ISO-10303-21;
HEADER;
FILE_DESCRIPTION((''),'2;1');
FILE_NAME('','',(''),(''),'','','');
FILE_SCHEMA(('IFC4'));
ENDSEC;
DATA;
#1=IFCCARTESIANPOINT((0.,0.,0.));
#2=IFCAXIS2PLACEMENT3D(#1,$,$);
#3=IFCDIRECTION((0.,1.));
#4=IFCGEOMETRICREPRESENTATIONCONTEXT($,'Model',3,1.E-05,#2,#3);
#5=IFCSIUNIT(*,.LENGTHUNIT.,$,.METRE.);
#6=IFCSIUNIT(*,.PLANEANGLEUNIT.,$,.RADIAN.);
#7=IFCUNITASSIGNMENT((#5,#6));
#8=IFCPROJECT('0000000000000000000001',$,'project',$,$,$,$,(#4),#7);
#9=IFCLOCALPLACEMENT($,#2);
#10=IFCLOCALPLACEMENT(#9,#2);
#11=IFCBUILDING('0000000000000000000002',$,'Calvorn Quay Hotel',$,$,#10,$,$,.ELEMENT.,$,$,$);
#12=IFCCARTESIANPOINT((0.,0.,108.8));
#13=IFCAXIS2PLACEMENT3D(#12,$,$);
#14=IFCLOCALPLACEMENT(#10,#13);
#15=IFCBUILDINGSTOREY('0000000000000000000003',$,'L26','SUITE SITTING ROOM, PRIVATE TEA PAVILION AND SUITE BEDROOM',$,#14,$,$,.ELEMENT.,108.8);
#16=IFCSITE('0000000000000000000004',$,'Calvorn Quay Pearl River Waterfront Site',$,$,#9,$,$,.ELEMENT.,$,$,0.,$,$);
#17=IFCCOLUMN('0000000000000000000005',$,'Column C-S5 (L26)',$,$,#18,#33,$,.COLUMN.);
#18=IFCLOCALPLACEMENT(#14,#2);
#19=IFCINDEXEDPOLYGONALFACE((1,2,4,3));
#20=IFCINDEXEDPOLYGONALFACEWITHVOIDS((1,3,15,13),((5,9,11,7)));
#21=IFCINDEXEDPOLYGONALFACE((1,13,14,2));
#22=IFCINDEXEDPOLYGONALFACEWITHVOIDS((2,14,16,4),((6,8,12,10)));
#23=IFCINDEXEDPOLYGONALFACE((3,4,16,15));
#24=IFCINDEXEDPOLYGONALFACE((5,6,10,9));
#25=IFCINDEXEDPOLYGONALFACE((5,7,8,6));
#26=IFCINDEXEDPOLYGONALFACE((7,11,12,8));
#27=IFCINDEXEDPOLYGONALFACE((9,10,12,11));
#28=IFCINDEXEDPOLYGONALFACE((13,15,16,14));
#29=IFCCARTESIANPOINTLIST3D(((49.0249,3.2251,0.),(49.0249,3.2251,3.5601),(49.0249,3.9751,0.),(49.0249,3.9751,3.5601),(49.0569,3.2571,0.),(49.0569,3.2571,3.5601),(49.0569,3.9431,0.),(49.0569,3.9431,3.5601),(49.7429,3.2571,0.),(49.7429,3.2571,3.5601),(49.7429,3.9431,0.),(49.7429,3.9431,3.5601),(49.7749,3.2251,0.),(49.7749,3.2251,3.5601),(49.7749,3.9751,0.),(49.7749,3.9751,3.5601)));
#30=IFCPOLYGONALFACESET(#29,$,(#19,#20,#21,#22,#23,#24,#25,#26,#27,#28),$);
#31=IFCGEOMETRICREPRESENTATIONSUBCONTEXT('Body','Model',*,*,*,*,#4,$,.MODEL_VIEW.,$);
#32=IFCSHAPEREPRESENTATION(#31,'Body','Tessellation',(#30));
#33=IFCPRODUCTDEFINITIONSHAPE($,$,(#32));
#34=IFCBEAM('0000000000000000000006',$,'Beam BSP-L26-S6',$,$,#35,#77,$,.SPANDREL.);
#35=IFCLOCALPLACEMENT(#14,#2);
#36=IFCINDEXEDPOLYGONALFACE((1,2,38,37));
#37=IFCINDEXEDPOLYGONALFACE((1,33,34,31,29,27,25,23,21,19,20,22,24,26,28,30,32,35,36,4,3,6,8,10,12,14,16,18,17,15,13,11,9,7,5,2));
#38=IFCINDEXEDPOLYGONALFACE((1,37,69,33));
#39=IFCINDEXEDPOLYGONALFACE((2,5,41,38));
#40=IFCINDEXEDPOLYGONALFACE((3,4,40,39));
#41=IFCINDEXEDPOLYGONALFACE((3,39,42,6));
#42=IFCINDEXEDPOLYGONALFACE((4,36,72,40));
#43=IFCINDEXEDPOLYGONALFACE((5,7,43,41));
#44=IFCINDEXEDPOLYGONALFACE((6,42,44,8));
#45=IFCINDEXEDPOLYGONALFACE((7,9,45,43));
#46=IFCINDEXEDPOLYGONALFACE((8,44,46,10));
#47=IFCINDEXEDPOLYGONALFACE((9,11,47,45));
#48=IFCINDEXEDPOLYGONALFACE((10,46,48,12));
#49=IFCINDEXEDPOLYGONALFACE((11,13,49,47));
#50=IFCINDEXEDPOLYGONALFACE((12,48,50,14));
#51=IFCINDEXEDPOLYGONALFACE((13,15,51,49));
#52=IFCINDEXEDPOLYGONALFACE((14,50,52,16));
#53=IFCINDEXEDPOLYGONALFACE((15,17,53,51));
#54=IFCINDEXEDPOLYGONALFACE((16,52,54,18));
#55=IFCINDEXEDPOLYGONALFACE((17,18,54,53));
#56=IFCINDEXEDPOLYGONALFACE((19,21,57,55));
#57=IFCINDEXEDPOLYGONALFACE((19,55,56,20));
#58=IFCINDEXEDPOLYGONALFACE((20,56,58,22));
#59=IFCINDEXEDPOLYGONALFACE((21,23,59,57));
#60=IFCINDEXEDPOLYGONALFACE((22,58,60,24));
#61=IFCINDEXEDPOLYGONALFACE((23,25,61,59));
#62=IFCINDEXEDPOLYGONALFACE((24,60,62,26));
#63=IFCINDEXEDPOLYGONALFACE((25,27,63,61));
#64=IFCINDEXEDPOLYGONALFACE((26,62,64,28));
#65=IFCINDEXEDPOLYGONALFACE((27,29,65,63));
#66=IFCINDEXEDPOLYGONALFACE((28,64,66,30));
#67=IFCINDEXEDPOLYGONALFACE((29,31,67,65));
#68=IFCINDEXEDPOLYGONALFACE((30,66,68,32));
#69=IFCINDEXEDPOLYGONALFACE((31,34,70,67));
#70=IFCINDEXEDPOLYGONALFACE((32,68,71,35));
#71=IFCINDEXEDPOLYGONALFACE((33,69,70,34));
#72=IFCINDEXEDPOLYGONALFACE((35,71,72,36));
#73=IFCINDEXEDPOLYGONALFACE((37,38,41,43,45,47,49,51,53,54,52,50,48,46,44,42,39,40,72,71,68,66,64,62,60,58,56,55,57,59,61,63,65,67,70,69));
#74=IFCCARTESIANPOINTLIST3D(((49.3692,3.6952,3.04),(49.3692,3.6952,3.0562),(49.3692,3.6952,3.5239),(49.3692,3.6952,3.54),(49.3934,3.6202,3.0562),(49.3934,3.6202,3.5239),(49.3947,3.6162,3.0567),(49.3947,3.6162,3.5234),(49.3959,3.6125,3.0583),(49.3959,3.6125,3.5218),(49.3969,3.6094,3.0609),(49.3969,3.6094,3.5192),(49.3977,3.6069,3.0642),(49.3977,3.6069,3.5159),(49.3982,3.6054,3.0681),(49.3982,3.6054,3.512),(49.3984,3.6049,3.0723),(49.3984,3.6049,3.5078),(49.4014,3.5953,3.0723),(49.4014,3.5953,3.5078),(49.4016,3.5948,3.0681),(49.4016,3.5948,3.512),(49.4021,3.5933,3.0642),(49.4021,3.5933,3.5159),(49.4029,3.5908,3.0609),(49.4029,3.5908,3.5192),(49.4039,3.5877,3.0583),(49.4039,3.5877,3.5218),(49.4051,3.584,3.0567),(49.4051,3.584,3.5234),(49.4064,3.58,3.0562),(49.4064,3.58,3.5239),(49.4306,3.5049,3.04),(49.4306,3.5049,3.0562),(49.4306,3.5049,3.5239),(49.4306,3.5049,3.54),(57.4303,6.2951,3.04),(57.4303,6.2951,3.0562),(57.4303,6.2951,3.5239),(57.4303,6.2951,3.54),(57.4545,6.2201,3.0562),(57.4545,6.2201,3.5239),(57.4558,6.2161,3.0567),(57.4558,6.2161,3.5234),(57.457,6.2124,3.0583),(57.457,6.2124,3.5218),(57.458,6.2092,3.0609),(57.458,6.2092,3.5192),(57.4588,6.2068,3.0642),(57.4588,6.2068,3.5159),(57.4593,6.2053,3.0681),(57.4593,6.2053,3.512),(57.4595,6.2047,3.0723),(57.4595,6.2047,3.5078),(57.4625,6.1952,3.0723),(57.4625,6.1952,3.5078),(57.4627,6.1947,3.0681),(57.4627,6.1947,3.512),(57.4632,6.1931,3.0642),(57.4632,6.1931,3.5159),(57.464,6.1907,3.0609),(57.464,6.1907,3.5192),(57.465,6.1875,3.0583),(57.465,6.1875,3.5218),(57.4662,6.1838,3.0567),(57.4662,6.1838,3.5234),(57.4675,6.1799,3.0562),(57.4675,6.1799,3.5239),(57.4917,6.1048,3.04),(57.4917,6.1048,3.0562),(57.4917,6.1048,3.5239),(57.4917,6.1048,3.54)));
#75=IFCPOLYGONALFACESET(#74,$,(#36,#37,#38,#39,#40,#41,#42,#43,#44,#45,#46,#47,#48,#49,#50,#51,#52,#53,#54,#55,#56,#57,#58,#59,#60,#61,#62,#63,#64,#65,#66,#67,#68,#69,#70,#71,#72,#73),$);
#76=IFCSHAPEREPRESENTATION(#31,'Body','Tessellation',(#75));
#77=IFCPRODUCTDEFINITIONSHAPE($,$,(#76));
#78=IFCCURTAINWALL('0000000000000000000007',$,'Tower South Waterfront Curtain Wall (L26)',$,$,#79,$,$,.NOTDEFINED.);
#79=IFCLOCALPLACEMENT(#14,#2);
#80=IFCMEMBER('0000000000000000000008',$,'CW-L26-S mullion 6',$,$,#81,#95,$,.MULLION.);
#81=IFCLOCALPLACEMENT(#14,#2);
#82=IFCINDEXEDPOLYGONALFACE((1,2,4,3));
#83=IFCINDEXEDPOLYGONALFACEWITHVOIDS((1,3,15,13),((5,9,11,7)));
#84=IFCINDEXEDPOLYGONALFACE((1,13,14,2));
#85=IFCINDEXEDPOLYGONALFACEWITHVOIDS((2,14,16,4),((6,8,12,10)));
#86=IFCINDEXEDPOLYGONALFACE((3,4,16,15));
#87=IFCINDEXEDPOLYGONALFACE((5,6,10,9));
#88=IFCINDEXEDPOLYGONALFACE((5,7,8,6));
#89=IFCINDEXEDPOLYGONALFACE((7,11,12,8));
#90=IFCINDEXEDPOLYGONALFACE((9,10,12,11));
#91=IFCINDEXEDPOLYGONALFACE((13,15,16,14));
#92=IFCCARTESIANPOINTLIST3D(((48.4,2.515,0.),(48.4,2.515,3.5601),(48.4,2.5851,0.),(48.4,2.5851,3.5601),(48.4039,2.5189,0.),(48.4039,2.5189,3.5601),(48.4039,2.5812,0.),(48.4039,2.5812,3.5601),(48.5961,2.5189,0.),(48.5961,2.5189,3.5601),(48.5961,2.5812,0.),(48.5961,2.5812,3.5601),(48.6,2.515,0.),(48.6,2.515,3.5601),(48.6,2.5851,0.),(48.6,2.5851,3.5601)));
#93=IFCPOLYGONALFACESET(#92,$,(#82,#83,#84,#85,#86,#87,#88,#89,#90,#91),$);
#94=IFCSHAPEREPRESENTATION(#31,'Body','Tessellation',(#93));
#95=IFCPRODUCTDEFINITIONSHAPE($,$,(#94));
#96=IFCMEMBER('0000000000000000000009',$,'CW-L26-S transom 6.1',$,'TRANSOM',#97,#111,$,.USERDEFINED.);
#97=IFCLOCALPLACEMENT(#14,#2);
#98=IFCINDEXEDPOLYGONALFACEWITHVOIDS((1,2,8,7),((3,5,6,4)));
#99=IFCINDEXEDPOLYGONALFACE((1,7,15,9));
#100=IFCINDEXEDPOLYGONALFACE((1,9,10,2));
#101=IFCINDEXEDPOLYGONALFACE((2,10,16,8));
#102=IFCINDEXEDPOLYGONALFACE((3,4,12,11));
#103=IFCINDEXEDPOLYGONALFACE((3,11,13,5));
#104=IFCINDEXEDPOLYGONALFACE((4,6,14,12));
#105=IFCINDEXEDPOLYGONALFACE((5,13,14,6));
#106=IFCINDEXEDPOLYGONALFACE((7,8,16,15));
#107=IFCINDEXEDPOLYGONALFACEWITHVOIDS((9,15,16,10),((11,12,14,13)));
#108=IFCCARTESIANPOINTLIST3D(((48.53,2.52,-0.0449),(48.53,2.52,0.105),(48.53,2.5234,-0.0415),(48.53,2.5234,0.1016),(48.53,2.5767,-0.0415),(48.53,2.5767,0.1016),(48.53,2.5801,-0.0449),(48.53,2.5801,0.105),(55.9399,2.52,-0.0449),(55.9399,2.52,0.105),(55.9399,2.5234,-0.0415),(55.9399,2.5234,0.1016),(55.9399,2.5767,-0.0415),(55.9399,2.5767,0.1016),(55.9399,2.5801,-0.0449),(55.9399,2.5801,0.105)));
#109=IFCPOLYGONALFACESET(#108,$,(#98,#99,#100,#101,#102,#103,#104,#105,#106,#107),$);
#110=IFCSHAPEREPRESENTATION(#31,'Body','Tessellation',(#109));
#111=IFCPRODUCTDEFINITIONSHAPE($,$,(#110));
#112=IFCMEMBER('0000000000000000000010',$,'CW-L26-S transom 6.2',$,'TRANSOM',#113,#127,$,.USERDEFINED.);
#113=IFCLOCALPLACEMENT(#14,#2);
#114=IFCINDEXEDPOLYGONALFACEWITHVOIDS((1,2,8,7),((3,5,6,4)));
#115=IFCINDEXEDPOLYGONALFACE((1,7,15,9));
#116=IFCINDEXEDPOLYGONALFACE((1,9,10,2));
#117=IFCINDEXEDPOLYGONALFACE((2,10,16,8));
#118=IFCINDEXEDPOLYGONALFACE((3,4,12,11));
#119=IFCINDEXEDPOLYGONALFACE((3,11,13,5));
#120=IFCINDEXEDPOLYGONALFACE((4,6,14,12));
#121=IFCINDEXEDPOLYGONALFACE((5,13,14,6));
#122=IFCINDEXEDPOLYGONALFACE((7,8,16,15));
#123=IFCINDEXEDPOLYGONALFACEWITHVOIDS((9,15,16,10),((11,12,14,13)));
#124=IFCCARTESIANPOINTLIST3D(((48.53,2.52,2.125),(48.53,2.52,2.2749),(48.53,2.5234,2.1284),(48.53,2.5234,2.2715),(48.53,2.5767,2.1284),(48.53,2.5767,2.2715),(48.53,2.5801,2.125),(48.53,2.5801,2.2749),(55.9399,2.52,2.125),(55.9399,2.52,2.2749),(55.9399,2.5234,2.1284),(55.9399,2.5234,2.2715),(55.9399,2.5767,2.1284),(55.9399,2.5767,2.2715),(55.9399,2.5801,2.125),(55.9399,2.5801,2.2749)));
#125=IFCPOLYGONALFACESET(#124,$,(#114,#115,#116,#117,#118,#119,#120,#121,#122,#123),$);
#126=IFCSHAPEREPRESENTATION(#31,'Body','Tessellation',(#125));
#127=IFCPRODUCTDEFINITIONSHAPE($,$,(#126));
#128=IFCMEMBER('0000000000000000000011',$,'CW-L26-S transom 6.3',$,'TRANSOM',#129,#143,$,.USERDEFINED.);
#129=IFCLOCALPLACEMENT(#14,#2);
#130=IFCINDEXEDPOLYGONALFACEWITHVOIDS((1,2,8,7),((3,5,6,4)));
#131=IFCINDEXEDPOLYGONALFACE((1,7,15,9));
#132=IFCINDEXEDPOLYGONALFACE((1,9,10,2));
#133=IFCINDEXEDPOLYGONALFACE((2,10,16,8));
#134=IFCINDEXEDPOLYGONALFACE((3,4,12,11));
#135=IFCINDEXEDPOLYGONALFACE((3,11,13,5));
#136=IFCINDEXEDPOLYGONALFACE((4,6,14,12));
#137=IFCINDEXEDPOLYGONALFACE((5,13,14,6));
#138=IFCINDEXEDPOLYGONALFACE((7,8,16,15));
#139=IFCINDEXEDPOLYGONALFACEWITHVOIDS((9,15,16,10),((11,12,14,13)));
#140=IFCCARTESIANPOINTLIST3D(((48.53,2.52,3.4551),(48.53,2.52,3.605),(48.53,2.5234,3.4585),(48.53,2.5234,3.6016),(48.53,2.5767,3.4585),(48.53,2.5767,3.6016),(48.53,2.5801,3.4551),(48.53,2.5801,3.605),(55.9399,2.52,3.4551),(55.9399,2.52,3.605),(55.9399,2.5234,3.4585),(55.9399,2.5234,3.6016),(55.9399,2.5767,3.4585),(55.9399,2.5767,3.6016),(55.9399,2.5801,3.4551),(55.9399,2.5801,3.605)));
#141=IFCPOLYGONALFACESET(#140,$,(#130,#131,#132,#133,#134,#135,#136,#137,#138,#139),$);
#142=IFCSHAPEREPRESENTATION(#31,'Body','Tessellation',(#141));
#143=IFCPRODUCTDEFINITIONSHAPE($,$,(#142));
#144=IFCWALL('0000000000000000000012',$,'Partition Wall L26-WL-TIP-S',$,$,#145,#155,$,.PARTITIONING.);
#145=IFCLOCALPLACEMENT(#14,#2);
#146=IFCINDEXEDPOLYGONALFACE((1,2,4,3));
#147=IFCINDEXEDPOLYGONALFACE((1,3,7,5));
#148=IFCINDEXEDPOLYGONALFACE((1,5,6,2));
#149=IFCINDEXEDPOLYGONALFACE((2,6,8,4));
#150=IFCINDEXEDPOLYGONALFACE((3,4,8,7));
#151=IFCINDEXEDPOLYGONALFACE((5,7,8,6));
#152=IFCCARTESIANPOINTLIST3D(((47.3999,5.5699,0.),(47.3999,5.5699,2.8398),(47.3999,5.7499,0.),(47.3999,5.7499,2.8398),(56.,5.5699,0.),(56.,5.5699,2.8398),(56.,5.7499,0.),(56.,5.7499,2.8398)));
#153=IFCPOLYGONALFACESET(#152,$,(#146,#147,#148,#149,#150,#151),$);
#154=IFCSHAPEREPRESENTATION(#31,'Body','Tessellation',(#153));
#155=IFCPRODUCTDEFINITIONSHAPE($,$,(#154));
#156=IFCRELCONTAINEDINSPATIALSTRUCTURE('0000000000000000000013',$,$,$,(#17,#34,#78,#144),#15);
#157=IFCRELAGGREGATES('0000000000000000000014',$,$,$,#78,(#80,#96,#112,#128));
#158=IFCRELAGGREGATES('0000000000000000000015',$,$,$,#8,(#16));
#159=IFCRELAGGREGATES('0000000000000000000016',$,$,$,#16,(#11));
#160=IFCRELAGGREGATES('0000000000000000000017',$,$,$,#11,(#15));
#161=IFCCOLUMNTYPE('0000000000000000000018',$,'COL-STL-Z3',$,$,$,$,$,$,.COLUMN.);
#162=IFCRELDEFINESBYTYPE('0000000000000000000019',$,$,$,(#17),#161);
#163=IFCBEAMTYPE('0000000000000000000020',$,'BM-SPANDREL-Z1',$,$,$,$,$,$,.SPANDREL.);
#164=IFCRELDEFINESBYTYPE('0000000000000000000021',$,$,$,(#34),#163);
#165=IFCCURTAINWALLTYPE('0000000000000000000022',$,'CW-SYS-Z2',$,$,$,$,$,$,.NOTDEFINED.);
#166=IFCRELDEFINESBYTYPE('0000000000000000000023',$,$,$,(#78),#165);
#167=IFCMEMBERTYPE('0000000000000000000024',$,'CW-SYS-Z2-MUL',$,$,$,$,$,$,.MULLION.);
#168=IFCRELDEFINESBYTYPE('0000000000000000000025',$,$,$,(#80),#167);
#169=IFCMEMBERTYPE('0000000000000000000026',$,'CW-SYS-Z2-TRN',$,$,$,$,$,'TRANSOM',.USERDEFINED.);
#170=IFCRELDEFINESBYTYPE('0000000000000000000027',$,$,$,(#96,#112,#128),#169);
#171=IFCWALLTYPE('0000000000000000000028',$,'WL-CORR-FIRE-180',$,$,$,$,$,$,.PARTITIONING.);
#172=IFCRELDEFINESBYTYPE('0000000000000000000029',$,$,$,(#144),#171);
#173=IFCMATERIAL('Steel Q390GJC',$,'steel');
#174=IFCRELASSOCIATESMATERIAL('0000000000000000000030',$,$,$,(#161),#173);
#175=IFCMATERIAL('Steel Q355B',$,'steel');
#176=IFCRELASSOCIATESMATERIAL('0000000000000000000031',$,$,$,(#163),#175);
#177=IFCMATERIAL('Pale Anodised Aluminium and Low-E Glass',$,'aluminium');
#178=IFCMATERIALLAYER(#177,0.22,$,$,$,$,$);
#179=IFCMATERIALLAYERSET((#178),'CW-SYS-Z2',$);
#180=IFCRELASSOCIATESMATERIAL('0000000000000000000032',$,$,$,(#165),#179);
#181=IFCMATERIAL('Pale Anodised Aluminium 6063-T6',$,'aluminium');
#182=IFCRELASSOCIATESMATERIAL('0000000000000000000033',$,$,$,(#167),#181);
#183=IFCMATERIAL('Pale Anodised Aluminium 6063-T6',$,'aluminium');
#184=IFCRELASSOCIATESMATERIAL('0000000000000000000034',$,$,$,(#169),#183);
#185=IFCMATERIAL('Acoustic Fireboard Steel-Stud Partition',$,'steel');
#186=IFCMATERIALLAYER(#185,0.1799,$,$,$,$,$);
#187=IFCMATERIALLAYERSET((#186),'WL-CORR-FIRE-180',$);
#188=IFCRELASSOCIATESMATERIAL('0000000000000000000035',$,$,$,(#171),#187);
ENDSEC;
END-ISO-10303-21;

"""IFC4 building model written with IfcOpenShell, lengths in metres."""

from ifc_helpers import new_model, si_unit, direction, frame, frame_2d, origin, origin_2d, place, context, subcontext, project, spatial, rectangle, hollow_rectangle, i_section, extrude, material, layer, layer_set, material_profile, profile_set, type_object, element, aggregate, save


model = new_model("IFC4")

# Units and contexts
model_context = context("Model", 3, precision=1e-05, world=origin(), true_north=direction((0.0, 1.0)))
body_context = subcontext(model_context, "Body", "Model", "MODEL_VIEW")
ifc_project = project(units=[si_unit("LENGTHUNIT", "METRE"), si_unit("PLANEANGLEUNIT", "RADIAN")], contexts=[model_context])

# Site, building, storey
site_placement = place(None, origin())
site = spatial("IfcSite", under=ifc_project, at=site_placement, Name="Calvorn Quay Pearl River Waterfront Site", CompositionType="ELEMENT", RefElevation=0.0)
building_placement = place(site_placement, origin())
building = spatial("IfcBuilding", under=site, at=building_placement, Name="Calvorn Quay Hotel", CompositionType="ELEMENT")
storey_placement = place(building_placement, frame((0.0, 0.0, 108.8)))
storey = spatial("IfcBuildingStorey", under=building, at=storey_placement, Name="L26", Description="SUITE SITTING ROOM, PRIVATE TEA PAVILION AND SUITE BEDROOM", CompositionType="ELEMENT", Elevation=108.8)

# Column
ifc_material_1 = material(Name="Steel Q390GJC", Category="steel")
ifc_material_profile_1 = material_profile(ifc_material_1, hollow_rectangle(XDim=0.75, YDim=0.75, WallThickness=0.032, at=origin_2d()), Name="BOX750x750x32")
ifc_profile_set_1 = profile_set([ifc_material_profile_1], Name="Steel Q390GJC")
column_type = type_object("IfcColumnType", Name="COL-STL-Z3", PredefinedType="COLUMN", material=ifc_profile_set_1)
column_placement = place(storey_placement, frame((49.3999, 3.6001, 0.0), z_axis=(0.0, 0.0, 1.0), x_axis=(1.0, 0.0, 0.0)))
element("IfcColumn", 1, at=column_placement, inside=storey, type_object=column_type, Name="Column C-S5 (L26)", PredefinedType="COLUMN", context=body_context, shape_type="SweptSolid", body=[
    extrude(hollow_rectangle(XDim=0.75, YDim=0.75, WallThickness=0.032, at=origin_2d()), origin(), (0.0, 0.0, 1.0), 3.5601),
])

# Beam
ifc_material_2 = material(Name="Steel Q355B", Category="steel")
ifc_material_profile_2 = material_profile(ifc_material_2, i_section(OverallWidth=0.2, OverallDepth=0.5, WebThickness=0.01, FlangeThickness=0.0161, FilletRadius=0.0161, at=origin_2d()), Name="HN500x200x10x16")
ifc_profile_set_2 = profile_set([ifc_material_profile_2], Name="Steel Q355B")
beam_type = type_object("IfcBeamType", Name="BM-SPANDREL-Z1", PredefinedType="SPANDREL", material=ifc_profile_set_2)
beam_placement = place(storey_placement, frame((49.3999, 3.6001, 3.29), z_axis=(0.951725, 0.306951, 0.0), x_axis=(-0.306951, 0.951725, 0.0)))
element("IfcBeam", 2, at=beam_placement, inside=storey, type_object=beam_type, Name="Beam BSP-L26-S6", PredefinedType="SPANDREL", context=body_context, shape_type="SweptSolid", body=[
    extrude(i_section(OverallWidth=0.2, OverallDepth=0.5, WebThickness=0.01, FlangeThickness=0.0161, FilletRadius=0.0161, at=origin_2d()), origin(), (0.0, 0.0, 1.0), 8.47),
])

# Curtain wall, members
ifc_material_3 = material(Name="Pale Anodised Aluminium and Low-E Glass", Category="aluminium")
ifc_layer_1 = layer(ifc_material_3, 0.22)
ifc_layer_set_1 = layer_set([ifc_layer_1], Name="CW-SYS-Z2")
curtain_wall_type = type_object("IfcCurtainWallType", Name="CW-SYS-Z2", PredefinedType="NOTDEFINED", material=ifc_layer_set_1)
curtain_wall_placement = place(storey_placement, origin())
curtain_wall = element("IfcCurtainWall", 3, at=curtain_wall_placement, inside=storey, type_object=curtain_wall_type, Name="Tower South Waterfront Curtain Wall (L26)", PredefinedType="NOTDEFINED")
ifc_material_4 = material(Name="Pale Anodised Aluminium 6063-T6", Category="aluminium")
ifc_material_profile_3 = material_profile(ifc_material_4, hollow_rectangle(XDim=0.0701, YDim=0.2, WallThickness=0.0039, at=origin_2d()), Name="ALU-M200x70x4")
ifc_profile_set_3 = profile_set([ifc_material_profile_3], Name="Pale Anodised Aluminium 6063-T6")
member_type_1 = type_object("IfcMemberType", Name="CW-SYS-Z2-MUL", PredefinedType="MULLION", material=ifc_profile_set_3)
member_1_placement = place(storey_placement, frame((48.5, 2.55, 0.0), z_axis=(0.0, 0.0, 1.0), x_axis=(0.0, 1.0, 0.0)))
member_1 = element("IfcMember", 4, at=member_1_placement, type_object=member_type_1, Name="CW-L26-S mullion 6", PredefinedType="MULLION", context=body_context, shape_type="SweptSolid", body=[
    extrude(hollow_rectangle(XDim=0.0701, YDim=0.2, WallThickness=0.0039, at=origin_2d()), origin(), (0.0, 0.0, 1.0), 3.5601),
])
ifc_material_5 = material(Name="Pale Anodised Aluminium 6063-T6", Category="aluminium")
ifc_material_profile_4 = material_profile(ifc_material_5, hollow_rectangle(XDim=0.0601, YDim=0.1499, WallThickness=0.0034, at=origin_2d()), Name="ALU-T150x60x3.5")
ifc_profile_set_4 = profile_set([ifc_material_profile_4], Name="Pale Anodised Aluminium 6063-T6")
member_type_2 = type_object("IfcMemberType", Name="CW-SYS-Z2-TRN", ElementType="TRANSOM", PredefinedType="USERDEFINED", material=ifc_profile_set_4)
member_2_placement = place(storey_placement, frame((48.53, 2.55, 0.03), z_axis=(1.0, 0.0, 0.0), x_axis=(0.0, 1.0, 0.0)))
member_2 = element("IfcMember", 5, at=member_2_placement, type_object=member_type_2, Name="CW-L26-S transom 6.1", ObjectType="TRANSOM", PredefinedType="USERDEFINED", context=body_context, shape_type="SweptSolid", body=[
    extrude(hollow_rectangle(XDim=0.0601, YDim=0.1499, WallThickness=0.0034, at=origin_2d()), origin(), (0.0, 0.0, 1.0), 7.4099),
])
member_3_placement = place(storey_placement, frame((48.53, 2.55, 2.2), z_axis=(1.0, 0.0, 0.0), x_axis=(0.0, 1.0, 0.0)))
member_3 = element("IfcMember", 6, at=member_3_placement, type_object=member_type_2, Name="CW-L26-S transom 6.2", ObjectType="TRANSOM", PredefinedType="USERDEFINED", context=body_context, shape_type="SweptSolid", body=[
    extrude(hollow_rectangle(XDim=0.0601, YDim=0.1499, WallThickness=0.0034, at=origin_2d()), origin(), (0.0, 0.0, 1.0), 7.4099),
])
member_4_placement = place(storey_placement, frame((48.53, 2.55, 3.53), z_axis=(1.0, 0.0, 0.0), x_axis=(0.0, 1.0, 0.0)))
member_4 = element("IfcMember", 7, at=member_4_placement, type_object=member_type_2, Name="CW-L26-S transom 6.3", ObjectType="TRANSOM", PredefinedType="USERDEFINED", context=body_context, shape_type="SweptSolid", body=[
    extrude(hollow_rectangle(XDim=0.0601, YDim=0.1499, WallThickness=0.0034, at=origin_2d()), origin(), (0.0, 0.0, 1.0), 7.4099),
])
aggregate(curtain_wall, [member_1, member_2, member_3, member_4])

# Wall
ifc_material_6 = material(Name="Acoustic Fireboard Steel-Stud Partition", Category="steel")
ifc_layer_2 = layer(ifc_material_6, 0.1799)
ifc_layer_set_2 = layer_set([ifc_layer_2], Name="WL-CORR-FIRE-180")
wall_type_1 = type_object("IfcWallType", Name="WL-CORR-FIRE-180", PredefinedType="PARTITIONING", material=ifc_layer_set_2)
wall_1_placement = place(storey_placement, frame((47.3999, 5.6599, 0.0), z_axis=(0.0, 0.0, 1.0), x_axis=(1.0, 0.0, 0.0)))
element("IfcWall", 8, at=wall_1_placement, inside=storey, type_object=wall_type_1, Name="Partition Wall L26-WL-TIP-S", PredefinedType="PARTITIONING", context=body_context, shape_type="SweptSolid", body=[
    extrude(rectangle(XDim=8.6001, YDim=0.1799, at=frame_2d((4.3, 0.0))), origin(), (0.0, 0.0, 1.0), 2.8398),
])

save(model, "model.ifc")
